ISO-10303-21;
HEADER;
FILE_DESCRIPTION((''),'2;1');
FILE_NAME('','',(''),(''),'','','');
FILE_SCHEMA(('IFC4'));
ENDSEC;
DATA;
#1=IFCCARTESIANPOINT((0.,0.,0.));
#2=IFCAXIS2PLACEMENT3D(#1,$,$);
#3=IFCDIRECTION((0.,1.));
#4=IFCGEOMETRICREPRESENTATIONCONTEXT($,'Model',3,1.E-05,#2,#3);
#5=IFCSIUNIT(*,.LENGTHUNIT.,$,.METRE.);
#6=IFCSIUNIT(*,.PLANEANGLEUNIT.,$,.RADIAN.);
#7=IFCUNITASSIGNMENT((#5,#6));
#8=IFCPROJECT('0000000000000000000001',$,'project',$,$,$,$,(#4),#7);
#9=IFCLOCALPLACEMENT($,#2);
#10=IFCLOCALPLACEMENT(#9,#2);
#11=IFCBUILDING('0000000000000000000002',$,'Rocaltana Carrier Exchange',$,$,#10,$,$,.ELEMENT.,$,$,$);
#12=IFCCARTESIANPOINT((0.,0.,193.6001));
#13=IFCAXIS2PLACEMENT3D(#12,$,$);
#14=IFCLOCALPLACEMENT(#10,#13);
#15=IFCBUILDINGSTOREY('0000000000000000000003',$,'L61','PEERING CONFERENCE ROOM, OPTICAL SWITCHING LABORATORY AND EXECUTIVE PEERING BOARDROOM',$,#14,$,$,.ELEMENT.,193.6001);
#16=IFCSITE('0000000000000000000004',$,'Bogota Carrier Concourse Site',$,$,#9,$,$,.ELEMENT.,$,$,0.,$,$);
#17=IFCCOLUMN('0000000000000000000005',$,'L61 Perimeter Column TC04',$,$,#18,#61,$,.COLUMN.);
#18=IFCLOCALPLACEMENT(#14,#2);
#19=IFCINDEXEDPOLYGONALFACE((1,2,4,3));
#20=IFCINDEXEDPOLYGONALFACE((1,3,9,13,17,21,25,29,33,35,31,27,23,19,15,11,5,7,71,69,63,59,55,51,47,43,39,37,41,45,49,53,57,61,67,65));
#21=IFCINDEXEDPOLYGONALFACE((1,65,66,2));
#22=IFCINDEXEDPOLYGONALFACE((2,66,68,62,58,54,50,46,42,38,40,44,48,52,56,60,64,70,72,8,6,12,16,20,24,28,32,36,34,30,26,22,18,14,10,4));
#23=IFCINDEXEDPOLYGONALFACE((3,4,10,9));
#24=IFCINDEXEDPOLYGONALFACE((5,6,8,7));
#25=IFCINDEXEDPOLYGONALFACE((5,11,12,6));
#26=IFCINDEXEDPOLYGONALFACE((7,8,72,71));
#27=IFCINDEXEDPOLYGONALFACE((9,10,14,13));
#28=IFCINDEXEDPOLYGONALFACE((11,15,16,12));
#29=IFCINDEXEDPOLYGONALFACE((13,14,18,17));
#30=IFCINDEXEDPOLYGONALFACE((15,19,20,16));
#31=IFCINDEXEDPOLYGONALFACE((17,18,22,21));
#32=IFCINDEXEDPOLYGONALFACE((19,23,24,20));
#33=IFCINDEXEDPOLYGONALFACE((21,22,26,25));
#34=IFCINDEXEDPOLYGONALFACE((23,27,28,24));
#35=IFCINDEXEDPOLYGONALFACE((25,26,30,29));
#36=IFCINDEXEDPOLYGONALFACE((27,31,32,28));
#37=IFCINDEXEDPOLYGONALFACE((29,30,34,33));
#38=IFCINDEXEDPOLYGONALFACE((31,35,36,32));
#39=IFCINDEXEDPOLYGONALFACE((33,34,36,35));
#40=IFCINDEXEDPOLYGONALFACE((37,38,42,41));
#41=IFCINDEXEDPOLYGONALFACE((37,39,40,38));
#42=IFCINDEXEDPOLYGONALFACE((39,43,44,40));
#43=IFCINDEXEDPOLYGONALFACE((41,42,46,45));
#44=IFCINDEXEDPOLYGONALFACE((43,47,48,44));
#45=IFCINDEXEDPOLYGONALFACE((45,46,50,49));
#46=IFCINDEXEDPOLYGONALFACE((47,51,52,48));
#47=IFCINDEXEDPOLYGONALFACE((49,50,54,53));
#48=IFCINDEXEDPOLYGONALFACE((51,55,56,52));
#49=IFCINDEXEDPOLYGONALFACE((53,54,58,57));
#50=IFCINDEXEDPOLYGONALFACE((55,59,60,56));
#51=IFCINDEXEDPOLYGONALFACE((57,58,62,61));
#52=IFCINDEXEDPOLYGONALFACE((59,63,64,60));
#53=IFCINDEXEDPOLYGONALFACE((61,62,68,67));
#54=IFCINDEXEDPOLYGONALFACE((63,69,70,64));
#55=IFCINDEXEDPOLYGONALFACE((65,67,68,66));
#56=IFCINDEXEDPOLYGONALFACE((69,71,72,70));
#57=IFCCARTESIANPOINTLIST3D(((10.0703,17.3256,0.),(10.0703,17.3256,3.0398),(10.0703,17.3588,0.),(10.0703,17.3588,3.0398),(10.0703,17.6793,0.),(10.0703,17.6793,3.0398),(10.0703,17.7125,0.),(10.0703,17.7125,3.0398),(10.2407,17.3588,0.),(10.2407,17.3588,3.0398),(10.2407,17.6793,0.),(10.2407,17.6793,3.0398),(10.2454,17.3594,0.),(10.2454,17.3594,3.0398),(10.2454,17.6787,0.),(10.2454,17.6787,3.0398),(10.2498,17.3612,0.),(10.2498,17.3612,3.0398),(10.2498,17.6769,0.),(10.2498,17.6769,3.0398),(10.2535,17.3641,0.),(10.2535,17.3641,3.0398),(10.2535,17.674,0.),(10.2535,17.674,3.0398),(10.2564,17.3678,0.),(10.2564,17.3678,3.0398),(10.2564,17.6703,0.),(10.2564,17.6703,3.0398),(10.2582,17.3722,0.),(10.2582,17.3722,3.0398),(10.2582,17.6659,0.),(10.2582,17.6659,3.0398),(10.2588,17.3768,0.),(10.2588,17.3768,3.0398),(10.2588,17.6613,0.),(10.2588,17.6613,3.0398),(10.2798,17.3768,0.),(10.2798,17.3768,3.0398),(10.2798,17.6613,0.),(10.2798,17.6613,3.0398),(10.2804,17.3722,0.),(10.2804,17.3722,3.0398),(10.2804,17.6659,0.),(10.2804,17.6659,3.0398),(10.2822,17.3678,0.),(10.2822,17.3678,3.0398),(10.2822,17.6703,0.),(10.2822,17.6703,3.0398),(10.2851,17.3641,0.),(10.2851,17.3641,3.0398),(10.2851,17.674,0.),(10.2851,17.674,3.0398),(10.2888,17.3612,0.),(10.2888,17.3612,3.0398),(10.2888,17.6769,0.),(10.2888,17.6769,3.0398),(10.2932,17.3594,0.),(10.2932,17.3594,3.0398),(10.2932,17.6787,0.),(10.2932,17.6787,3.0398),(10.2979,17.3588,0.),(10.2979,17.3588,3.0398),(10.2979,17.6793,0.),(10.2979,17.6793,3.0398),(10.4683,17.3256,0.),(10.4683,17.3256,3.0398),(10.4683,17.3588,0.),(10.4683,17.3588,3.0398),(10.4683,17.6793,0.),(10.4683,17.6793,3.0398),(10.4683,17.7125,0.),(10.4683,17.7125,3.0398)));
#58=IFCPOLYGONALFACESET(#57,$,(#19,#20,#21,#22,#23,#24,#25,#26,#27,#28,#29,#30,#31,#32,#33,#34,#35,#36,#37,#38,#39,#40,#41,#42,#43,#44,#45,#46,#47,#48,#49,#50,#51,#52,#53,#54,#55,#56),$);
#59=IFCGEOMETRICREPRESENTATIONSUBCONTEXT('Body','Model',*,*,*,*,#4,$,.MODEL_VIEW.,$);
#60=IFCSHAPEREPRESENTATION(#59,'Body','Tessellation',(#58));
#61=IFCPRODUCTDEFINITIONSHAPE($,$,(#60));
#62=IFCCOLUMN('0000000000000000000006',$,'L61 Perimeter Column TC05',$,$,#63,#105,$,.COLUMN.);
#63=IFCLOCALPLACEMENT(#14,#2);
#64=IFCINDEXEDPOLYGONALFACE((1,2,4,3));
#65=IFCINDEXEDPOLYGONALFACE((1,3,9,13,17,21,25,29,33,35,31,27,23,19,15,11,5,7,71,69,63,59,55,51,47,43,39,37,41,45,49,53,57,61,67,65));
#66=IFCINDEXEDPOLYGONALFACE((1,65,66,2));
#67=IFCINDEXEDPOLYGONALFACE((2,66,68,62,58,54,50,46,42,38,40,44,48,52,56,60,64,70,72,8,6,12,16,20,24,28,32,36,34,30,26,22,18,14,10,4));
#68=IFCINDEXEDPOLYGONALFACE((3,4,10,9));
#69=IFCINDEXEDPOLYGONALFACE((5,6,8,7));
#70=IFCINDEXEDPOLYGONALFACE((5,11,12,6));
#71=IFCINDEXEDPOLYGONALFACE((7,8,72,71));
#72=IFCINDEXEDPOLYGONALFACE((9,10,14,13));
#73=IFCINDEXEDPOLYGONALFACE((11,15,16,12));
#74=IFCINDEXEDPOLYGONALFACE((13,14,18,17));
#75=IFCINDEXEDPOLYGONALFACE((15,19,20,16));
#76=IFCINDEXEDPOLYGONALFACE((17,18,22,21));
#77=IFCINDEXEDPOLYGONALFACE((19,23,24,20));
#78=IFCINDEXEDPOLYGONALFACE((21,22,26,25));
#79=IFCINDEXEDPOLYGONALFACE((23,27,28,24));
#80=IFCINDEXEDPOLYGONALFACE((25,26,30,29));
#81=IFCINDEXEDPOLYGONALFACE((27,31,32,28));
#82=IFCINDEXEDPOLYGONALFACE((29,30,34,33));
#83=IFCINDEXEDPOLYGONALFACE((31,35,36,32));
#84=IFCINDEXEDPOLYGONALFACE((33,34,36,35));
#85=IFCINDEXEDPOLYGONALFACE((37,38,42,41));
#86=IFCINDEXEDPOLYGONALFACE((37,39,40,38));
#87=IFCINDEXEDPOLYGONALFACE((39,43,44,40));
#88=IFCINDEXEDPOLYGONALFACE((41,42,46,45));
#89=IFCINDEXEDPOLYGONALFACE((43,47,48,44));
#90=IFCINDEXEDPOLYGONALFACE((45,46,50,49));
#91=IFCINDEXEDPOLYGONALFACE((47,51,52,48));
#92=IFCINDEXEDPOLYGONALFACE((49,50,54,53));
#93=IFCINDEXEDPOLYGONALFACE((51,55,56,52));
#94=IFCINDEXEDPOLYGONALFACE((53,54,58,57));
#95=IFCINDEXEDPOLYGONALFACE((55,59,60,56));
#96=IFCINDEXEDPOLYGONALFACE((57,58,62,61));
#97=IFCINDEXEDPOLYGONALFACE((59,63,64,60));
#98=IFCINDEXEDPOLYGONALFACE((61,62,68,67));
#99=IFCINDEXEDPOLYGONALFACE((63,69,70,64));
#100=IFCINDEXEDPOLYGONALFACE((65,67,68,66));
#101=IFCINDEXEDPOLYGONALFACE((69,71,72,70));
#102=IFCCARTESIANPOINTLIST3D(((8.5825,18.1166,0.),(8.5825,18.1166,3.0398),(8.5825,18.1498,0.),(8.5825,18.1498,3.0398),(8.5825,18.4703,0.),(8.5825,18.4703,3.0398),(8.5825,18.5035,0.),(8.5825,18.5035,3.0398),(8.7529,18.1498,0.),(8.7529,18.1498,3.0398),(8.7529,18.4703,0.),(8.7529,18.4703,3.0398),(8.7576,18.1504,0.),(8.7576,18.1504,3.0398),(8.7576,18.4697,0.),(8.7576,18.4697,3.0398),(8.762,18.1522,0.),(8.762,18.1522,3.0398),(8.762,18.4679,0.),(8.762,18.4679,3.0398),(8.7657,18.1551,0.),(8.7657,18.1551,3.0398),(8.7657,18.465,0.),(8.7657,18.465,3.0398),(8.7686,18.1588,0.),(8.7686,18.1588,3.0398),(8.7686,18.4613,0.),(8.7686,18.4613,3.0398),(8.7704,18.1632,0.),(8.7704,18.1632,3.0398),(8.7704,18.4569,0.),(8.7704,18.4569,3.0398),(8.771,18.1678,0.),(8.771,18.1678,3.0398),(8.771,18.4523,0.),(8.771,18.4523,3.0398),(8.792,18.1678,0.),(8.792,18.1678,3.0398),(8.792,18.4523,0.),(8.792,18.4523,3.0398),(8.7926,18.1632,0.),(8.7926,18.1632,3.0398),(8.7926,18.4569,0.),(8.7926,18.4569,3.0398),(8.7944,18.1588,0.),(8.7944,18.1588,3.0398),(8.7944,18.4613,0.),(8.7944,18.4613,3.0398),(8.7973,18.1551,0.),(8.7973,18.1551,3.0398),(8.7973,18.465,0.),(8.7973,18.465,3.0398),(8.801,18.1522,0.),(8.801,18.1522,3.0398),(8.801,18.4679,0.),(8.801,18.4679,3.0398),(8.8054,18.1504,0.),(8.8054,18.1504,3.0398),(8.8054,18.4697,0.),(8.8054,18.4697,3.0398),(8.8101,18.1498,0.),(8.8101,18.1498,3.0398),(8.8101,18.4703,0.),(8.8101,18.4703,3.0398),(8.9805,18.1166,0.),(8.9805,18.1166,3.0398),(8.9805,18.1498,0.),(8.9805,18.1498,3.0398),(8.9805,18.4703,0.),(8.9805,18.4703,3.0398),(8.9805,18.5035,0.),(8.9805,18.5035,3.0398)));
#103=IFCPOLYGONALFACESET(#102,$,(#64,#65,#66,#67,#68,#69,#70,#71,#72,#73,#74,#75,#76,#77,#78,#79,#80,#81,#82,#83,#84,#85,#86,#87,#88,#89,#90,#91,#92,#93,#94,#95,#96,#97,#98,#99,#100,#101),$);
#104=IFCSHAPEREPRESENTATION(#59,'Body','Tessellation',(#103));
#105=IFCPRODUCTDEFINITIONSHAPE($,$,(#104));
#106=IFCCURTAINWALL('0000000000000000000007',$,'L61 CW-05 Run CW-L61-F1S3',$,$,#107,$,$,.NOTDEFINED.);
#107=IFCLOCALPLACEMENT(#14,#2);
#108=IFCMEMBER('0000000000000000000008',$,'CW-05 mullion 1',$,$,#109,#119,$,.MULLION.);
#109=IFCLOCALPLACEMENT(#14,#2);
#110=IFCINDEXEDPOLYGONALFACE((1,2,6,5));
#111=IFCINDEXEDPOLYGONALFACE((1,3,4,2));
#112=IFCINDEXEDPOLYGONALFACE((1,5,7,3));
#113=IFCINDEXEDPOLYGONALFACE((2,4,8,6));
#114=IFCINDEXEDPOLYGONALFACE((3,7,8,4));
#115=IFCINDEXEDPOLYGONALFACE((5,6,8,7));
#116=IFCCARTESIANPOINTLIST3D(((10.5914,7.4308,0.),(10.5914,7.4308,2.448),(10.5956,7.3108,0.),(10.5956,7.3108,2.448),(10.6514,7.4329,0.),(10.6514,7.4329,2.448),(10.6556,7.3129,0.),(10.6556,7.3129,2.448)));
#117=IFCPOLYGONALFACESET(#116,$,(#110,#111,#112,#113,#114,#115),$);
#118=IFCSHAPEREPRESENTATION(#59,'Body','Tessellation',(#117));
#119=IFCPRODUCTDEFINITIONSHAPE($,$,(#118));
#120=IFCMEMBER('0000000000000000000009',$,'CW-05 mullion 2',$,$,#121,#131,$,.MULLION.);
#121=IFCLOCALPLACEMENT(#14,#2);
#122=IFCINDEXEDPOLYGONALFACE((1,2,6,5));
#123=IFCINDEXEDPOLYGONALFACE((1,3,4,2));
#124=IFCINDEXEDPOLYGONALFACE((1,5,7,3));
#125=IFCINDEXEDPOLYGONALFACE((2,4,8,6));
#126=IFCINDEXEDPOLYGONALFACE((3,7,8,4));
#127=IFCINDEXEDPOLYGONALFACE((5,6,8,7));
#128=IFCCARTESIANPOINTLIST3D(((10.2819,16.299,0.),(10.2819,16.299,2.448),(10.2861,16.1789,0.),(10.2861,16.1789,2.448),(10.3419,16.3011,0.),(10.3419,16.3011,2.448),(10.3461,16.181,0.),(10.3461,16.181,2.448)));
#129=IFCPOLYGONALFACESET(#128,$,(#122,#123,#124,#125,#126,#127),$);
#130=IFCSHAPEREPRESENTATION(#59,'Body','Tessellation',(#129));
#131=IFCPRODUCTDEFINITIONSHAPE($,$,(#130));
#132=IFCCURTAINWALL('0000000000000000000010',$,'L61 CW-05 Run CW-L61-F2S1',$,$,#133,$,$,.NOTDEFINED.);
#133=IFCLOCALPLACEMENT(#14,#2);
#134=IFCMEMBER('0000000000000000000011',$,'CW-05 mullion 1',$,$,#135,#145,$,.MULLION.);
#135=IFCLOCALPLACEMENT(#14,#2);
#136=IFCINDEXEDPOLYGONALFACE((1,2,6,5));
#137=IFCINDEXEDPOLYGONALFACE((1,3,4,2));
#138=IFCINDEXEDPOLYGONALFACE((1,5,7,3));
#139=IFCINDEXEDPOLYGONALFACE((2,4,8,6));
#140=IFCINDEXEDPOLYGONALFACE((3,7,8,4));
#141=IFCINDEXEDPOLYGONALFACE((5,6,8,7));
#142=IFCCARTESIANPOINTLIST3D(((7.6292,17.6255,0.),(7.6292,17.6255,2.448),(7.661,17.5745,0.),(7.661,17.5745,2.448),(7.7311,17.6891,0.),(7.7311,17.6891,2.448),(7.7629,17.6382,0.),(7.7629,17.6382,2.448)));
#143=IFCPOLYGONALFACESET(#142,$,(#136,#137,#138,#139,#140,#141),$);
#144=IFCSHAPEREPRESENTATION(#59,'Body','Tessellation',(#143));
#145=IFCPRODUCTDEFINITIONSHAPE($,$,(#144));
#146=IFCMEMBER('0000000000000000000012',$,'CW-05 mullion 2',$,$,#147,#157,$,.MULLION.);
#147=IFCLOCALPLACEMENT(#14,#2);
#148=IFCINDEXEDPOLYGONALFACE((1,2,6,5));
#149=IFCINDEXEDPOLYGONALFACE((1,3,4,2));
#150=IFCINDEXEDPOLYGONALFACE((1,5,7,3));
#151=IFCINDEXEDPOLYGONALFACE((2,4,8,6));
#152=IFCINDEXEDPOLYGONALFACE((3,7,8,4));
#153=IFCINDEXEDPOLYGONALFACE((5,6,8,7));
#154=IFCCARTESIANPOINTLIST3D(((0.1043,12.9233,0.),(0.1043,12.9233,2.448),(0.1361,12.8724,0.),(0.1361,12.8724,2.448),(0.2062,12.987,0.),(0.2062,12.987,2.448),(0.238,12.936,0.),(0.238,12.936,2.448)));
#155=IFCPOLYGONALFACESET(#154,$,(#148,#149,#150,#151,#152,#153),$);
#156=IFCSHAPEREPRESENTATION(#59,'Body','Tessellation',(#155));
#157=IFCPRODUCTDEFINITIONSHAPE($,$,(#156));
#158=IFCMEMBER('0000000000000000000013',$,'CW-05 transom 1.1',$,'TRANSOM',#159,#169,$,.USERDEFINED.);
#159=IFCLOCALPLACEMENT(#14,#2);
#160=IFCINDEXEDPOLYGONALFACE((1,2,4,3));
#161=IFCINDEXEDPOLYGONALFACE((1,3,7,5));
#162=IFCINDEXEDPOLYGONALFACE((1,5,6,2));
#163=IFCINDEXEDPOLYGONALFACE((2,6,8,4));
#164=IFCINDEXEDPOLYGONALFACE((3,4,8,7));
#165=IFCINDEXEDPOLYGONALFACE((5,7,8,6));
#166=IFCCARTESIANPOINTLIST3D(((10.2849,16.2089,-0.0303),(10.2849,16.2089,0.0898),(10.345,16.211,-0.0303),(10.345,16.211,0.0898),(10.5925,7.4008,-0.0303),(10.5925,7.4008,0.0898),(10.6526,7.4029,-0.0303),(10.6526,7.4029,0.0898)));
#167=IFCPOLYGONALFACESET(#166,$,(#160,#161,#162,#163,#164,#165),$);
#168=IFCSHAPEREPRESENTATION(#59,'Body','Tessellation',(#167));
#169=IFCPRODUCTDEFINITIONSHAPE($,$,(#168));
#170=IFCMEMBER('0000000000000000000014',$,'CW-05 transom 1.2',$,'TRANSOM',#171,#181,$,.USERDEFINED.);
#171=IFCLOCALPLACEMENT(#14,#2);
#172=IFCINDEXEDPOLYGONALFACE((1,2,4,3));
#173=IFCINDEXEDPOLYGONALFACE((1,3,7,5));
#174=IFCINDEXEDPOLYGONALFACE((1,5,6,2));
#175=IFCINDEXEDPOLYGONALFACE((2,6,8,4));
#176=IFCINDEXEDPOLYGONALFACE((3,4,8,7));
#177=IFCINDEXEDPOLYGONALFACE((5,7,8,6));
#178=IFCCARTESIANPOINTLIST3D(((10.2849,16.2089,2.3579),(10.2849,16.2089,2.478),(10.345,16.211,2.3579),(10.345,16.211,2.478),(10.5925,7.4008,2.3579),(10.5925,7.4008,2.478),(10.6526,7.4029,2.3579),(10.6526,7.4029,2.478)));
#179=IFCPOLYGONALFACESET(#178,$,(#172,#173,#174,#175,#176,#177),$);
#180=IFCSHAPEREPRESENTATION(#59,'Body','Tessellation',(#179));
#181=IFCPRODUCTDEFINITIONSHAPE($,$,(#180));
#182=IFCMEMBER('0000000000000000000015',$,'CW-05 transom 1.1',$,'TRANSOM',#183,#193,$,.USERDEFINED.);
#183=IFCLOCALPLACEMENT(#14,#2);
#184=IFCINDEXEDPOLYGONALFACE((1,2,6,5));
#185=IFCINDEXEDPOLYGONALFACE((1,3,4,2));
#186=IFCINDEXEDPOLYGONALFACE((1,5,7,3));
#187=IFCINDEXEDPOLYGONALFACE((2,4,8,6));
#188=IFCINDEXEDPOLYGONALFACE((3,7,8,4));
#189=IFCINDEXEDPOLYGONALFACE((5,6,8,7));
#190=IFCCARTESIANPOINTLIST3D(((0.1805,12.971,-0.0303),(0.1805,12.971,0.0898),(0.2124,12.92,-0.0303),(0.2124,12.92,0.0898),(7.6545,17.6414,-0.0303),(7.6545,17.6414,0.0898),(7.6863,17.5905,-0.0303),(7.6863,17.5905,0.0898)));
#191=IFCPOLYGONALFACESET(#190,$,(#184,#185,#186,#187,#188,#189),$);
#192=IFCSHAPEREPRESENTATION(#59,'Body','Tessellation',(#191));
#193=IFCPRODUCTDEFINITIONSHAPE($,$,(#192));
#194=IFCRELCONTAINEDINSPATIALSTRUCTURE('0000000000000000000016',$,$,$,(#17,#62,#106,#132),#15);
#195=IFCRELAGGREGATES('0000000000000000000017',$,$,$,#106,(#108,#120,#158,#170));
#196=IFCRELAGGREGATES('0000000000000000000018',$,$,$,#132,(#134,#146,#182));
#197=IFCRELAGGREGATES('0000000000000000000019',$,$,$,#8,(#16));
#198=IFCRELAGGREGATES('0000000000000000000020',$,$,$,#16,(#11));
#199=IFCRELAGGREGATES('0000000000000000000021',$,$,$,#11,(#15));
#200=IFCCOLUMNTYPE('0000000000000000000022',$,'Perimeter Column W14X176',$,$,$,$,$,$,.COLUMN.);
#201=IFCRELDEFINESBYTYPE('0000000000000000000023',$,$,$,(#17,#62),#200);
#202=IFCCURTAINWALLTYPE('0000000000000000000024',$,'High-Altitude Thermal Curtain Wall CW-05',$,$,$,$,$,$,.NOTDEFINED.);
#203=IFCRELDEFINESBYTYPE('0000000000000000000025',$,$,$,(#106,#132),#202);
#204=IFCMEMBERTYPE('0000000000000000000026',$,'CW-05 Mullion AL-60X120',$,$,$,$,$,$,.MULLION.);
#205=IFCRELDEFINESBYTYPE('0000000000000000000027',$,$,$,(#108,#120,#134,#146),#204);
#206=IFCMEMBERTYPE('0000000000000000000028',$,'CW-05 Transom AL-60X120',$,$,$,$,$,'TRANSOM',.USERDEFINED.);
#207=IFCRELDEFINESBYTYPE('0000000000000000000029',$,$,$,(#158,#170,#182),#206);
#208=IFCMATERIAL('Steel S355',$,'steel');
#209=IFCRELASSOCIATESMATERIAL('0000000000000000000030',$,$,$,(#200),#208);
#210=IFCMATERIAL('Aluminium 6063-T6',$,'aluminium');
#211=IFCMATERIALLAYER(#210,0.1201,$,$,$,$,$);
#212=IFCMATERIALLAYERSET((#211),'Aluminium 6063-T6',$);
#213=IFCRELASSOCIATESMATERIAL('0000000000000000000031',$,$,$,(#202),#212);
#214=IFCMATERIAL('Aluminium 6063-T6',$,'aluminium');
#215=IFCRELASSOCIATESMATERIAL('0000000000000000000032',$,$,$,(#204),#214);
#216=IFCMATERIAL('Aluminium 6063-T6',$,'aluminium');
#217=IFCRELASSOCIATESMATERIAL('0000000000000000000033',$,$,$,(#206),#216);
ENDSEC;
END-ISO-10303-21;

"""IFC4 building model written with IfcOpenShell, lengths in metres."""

from ifc_helpers import new_model, si_unit, direction, frame, origin, origin_2d, place, context, subcontext, project, spatial, rectangle, i_section, extrude, material, layer, layer_set, material_profile, profile_set, type_object, element, aggregate, save


model = new_model("IFC4")

# Units and contexts
model_context = context("Model", 3, precision=1e-05, world=origin(), true_north=direction((0.0, 1.0)))
body_context = subcontext(model_context, "Body", "Model", "MODEL_VIEW")
ifc_project = project(units=[si_unit("LENGTHUNIT", "METRE"), si_unit("PLANEANGLEUNIT", "RADIAN")], contexts=[model_context])

# Site, building, storey
site_placement = place(None, origin())
site = spatial("IfcSite", under=ifc_project, at=site_placement, Name="Bogota Carrier Concourse Site", CompositionType="ELEMENT", RefElevation=0.0)
building_placement = place(site_placement, origin())
building = spatial("IfcBuilding", under=site, at=building_placement, Name="Rocaltana Carrier Exchange", CompositionType="ELEMENT")
storey_placement = place(building_placement, frame((0.0, 0.0, 193.6001)))
storey = spatial("IfcBuildingStorey", under=building, at=storey_placement, Name="L61", Description="PEERING CONFERENCE ROOM, OPTICAL SWITCHING LABORATORY AND EXECUTIVE PEERING BOARDROOM", CompositionType="ELEMENT", Elevation=193.6001)

# Columns
ifc_material_1 = material(Name="Steel S355", Category="steel")
ifc_material_profile_1 = material_profile(ifc_material_1, i_section(OverallWidth=0.3979, OverallDepth=0.387, WebThickness=0.021, FlangeThickness=0.0332, FilletRadius=0.0181, at=origin_2d()), Name="W14X176")
ifc_profile_set_1 = profile_set([ifc_material_profile_1], Name="Steel S355")
column_type = type_object("IfcColumnType", Name="Perimeter Column W14X176", PredefinedType="COLUMN", material=ifc_profile_set_1)
for number, where, z_axis, x_axis, name in (
    (1, (10.2693, 17.519, 0.0), (0.0, 0.0, 1.0), (1.0, 0.0, 0.0), "L61 Perimeter Column TC04"),
    (2, (8.7815, 18.3101, 0.0), (0.0, 0.0, 1.0), (1.0, 0.0, 0.0), "L61 Perimeter Column TC05"),
):
    element("IfcColumn", number, at=place(storey_placement, frame(where, z_axis=z_axis, x_axis=x_axis)), inside=storey, type_object=column_type, Name=name, PredefinedType="COLUMN", context=body_context, shape_type="SweptSolid", body=[
        extrude(i_section(OverallWidth=0.3979, OverallDepth=0.387, WebThickness=0.021, FlangeThickness=0.0332, FilletRadius=0.0181, at=origin_2d()), origin(), (0.0, 0.0, 1.0), 3.0398),
    ])

# Curtain walls, members
ifc_material_2 = material(Name="Aluminium 6063-T6", Category="aluminium")
ifc_layer_1 = layer(ifc_material_2, 0.1201)
ifc_layer_set_1 = layer_set([ifc_layer_1], Name="Aluminium 6063-T6")
curtain_wall_type = type_object("IfcCurtainWallType", Name="High-Altitude Thermal Curtain Wall CW-05", PredefinedType="NOTDEFINED", material=ifc_layer_set_1)
curtain_wall_1_placement = place(storey_placement, origin())
curtain_wall_1 = element("IfcCurtainWall", 3, at=curtain_wall_1_placement, inside=storey, type_object=curtain_wall_type, Name="L61 CW-05 Run CW-L61-F1S3", PredefinedType="NOTDEFINED")
ifc_material_3 = material(Name="Aluminium 6063-T6", Category="aluminium")
ifc_material_profile_2 = material_profile(ifc_material_3, rectangle(XDim=0.0601, YDim=0.1201, at=origin_2d()), Name="AL-60X120")
ifc_profile_set_2 = profile_set([ifc_material_profile_2], Name="Aluminium 6063-T6")
member_type_1 = type_object("IfcMemberType", Name="CW-05 Mullion AL-60X120", PredefinedType="MULLION", material=ifc_profile_set_2)
member_1_placement = place(storey_placement, frame((10.6235, 7.3718, 0.0), z_axis=(0.0, 0.0, 1.0), x_axis=(-0.999391, -0.034903, 0.0)))
member_1 = element("IfcMember", 4, at=member_1_placement, type_object=member_type_1, Name="CW-05 mullion 1", PredefinedType="MULLION", context=body_context, shape_type="SweptSolid", body=[
    extrude(rectangle(XDim=0.0601, YDim=0.1201, at=origin_2d()), origin(), (0.0, 0.0, 1.0), 2.448),
])
member_2_placement = place(storey_placement, frame((10.314, 16.24, 0.0), z_axis=(0.0, 0.0, 1.0), x_axis=(-0.999391, -0.034903, 0.0)))
member_2 = element("IfcMember", 5, at=member_2_placement, type_object=member_type_1, Name="CW-05 mullion 2", PredefinedType="MULLION", context=body_context, shape_type="SweptSolid", body=[
    extrude(rectangle(XDim=0.0601, YDim=0.1201, at=origin_2d()), origin(), (0.0, 0.0, 1.0), 2.448),
])
curtain_wall_2_placement = place(storey_placement, origin())
curtain_wall_2 = element("IfcCurtainWall", 6, at=curtain_wall_2_placement, inside=storey, type_object=curtain_wall_type, Name="L61 CW-05 Run CW-L61-F2S1", PredefinedType="NOTDEFINED")
member_3_placement = place(storey_placement, frame((7.696, 17.6318, 0.0), z_axis=(0.0, 0.0, 1.0), x_axis=(0.529929, -0.848042, 0.0)))
member_3 = element("IfcMember", 7, at=member_3_placement, type_object=member_type_1, Name="CW-05 mullion 1", PredefinedType="MULLION", context=body_context, shape_type="SweptSolid", body=[
    extrude(rectangle(XDim=0.0601, YDim=0.1201, at=origin_2d()), origin(), (0.0, 0.0, 1.0), 2.448),
])
member_4_placement = place(storey_placement, frame((0.1711, 12.9297, 0.0), z_axis=(0.0, 0.0, 1.0), x_axis=(0.529929, -0.848042, 0.0)))
member_4 = element("IfcMember", 8, at=member_4_placement, type_object=member_type_1, Name="CW-05 mullion 2", PredefinedType="MULLION", context=body_context, shape_type="SweptSolid", body=[
    extrude(rectangle(XDim=0.0601, YDim=0.1201, at=origin_2d()), origin(), (0.0, 0.0, 1.0), 2.448),
])

# Members
ifc_material_4 = material(Name="Aluminium 6063-T6", Category="aluminium")
ifc_material_profile_3 = material_profile(ifc_material_4, rectangle(XDim=0.0601, YDim=0.1201, at=origin_2d()), Name="AL-60X120")
ifc_profile_set_3 = profile_set([ifc_material_profile_3], Name="Aluminium 6063-T6")
member_type_2 = type_object("IfcMemberType", Name="CW-05 Transom AL-60X120", ElementType="TRANSOM", PredefinedType="USERDEFINED", material=ifc_profile_set_3)
member_5_placement = place(storey_placement, frame((10.6226, 7.4019, 0.0298), z_axis=(-0.034903, 0.999391, 0.0), x_axis=(-0.999391, -0.034903, 0.0)))
member_5 = element("IfcMember", 9, at=member_5_placement, type_object=member_type_2, Name="CW-05 transom 1.1", ObjectType="TRANSOM", PredefinedType="USERDEFINED", context=body_context, shape_type="SweptSolid", body=[
    extrude(rectangle(XDim=0.0601, YDim=0.1201, at=origin_2d()), origin(), (0.0, 0.0, 1.0), 8.8135),
])
member_6_placement = place(storey_placement, frame((10.6226, 7.4019, 2.418), z_axis=(-0.034903, 0.999391, 0.0), x_axis=(-0.999391, -0.034903, 0.0)))
member_6 = element("IfcMember", 10, at=member_6_placement, type_object=member_type_2, Name="CW-05 transom 1.2", ObjectType="TRANSOM", PredefinedType="USERDEFINED", context=body_context, shape_type="SweptSolid", body=[
    extrude(rectangle(XDim=0.0601, YDim=0.1201, at=origin_2d()), origin(), (0.0, 0.0, 1.0), 8.8135),
])
member_7_placement = place(storey_placement, frame((7.6704, 17.616, 0.0298), z_axis=(-0.848037, -0.529937, 0.0), x_axis=(0.529937, -0.848037, 0.0)))
member_7 = element("IfcMember", 11, at=member_7_placement, type_object=member_type_2, Name="CW-05 transom 1.1", ObjectType="TRANSOM", PredefinedType="USERDEFINED", context=body_context, shape_type="SweptSolid", body=[
    extrude(rectangle(XDim=0.0601, YDim=0.1201, at=origin_2d()), origin(), (0.0, 0.0, 1.0), 8.8132),
])

aggregate(curtain_wall_1, [member_1, member_2, member_5, member_6])
aggregate(curtain_wall_2, [member_3, member_4, member_7])

save(model, "model.ifc")
